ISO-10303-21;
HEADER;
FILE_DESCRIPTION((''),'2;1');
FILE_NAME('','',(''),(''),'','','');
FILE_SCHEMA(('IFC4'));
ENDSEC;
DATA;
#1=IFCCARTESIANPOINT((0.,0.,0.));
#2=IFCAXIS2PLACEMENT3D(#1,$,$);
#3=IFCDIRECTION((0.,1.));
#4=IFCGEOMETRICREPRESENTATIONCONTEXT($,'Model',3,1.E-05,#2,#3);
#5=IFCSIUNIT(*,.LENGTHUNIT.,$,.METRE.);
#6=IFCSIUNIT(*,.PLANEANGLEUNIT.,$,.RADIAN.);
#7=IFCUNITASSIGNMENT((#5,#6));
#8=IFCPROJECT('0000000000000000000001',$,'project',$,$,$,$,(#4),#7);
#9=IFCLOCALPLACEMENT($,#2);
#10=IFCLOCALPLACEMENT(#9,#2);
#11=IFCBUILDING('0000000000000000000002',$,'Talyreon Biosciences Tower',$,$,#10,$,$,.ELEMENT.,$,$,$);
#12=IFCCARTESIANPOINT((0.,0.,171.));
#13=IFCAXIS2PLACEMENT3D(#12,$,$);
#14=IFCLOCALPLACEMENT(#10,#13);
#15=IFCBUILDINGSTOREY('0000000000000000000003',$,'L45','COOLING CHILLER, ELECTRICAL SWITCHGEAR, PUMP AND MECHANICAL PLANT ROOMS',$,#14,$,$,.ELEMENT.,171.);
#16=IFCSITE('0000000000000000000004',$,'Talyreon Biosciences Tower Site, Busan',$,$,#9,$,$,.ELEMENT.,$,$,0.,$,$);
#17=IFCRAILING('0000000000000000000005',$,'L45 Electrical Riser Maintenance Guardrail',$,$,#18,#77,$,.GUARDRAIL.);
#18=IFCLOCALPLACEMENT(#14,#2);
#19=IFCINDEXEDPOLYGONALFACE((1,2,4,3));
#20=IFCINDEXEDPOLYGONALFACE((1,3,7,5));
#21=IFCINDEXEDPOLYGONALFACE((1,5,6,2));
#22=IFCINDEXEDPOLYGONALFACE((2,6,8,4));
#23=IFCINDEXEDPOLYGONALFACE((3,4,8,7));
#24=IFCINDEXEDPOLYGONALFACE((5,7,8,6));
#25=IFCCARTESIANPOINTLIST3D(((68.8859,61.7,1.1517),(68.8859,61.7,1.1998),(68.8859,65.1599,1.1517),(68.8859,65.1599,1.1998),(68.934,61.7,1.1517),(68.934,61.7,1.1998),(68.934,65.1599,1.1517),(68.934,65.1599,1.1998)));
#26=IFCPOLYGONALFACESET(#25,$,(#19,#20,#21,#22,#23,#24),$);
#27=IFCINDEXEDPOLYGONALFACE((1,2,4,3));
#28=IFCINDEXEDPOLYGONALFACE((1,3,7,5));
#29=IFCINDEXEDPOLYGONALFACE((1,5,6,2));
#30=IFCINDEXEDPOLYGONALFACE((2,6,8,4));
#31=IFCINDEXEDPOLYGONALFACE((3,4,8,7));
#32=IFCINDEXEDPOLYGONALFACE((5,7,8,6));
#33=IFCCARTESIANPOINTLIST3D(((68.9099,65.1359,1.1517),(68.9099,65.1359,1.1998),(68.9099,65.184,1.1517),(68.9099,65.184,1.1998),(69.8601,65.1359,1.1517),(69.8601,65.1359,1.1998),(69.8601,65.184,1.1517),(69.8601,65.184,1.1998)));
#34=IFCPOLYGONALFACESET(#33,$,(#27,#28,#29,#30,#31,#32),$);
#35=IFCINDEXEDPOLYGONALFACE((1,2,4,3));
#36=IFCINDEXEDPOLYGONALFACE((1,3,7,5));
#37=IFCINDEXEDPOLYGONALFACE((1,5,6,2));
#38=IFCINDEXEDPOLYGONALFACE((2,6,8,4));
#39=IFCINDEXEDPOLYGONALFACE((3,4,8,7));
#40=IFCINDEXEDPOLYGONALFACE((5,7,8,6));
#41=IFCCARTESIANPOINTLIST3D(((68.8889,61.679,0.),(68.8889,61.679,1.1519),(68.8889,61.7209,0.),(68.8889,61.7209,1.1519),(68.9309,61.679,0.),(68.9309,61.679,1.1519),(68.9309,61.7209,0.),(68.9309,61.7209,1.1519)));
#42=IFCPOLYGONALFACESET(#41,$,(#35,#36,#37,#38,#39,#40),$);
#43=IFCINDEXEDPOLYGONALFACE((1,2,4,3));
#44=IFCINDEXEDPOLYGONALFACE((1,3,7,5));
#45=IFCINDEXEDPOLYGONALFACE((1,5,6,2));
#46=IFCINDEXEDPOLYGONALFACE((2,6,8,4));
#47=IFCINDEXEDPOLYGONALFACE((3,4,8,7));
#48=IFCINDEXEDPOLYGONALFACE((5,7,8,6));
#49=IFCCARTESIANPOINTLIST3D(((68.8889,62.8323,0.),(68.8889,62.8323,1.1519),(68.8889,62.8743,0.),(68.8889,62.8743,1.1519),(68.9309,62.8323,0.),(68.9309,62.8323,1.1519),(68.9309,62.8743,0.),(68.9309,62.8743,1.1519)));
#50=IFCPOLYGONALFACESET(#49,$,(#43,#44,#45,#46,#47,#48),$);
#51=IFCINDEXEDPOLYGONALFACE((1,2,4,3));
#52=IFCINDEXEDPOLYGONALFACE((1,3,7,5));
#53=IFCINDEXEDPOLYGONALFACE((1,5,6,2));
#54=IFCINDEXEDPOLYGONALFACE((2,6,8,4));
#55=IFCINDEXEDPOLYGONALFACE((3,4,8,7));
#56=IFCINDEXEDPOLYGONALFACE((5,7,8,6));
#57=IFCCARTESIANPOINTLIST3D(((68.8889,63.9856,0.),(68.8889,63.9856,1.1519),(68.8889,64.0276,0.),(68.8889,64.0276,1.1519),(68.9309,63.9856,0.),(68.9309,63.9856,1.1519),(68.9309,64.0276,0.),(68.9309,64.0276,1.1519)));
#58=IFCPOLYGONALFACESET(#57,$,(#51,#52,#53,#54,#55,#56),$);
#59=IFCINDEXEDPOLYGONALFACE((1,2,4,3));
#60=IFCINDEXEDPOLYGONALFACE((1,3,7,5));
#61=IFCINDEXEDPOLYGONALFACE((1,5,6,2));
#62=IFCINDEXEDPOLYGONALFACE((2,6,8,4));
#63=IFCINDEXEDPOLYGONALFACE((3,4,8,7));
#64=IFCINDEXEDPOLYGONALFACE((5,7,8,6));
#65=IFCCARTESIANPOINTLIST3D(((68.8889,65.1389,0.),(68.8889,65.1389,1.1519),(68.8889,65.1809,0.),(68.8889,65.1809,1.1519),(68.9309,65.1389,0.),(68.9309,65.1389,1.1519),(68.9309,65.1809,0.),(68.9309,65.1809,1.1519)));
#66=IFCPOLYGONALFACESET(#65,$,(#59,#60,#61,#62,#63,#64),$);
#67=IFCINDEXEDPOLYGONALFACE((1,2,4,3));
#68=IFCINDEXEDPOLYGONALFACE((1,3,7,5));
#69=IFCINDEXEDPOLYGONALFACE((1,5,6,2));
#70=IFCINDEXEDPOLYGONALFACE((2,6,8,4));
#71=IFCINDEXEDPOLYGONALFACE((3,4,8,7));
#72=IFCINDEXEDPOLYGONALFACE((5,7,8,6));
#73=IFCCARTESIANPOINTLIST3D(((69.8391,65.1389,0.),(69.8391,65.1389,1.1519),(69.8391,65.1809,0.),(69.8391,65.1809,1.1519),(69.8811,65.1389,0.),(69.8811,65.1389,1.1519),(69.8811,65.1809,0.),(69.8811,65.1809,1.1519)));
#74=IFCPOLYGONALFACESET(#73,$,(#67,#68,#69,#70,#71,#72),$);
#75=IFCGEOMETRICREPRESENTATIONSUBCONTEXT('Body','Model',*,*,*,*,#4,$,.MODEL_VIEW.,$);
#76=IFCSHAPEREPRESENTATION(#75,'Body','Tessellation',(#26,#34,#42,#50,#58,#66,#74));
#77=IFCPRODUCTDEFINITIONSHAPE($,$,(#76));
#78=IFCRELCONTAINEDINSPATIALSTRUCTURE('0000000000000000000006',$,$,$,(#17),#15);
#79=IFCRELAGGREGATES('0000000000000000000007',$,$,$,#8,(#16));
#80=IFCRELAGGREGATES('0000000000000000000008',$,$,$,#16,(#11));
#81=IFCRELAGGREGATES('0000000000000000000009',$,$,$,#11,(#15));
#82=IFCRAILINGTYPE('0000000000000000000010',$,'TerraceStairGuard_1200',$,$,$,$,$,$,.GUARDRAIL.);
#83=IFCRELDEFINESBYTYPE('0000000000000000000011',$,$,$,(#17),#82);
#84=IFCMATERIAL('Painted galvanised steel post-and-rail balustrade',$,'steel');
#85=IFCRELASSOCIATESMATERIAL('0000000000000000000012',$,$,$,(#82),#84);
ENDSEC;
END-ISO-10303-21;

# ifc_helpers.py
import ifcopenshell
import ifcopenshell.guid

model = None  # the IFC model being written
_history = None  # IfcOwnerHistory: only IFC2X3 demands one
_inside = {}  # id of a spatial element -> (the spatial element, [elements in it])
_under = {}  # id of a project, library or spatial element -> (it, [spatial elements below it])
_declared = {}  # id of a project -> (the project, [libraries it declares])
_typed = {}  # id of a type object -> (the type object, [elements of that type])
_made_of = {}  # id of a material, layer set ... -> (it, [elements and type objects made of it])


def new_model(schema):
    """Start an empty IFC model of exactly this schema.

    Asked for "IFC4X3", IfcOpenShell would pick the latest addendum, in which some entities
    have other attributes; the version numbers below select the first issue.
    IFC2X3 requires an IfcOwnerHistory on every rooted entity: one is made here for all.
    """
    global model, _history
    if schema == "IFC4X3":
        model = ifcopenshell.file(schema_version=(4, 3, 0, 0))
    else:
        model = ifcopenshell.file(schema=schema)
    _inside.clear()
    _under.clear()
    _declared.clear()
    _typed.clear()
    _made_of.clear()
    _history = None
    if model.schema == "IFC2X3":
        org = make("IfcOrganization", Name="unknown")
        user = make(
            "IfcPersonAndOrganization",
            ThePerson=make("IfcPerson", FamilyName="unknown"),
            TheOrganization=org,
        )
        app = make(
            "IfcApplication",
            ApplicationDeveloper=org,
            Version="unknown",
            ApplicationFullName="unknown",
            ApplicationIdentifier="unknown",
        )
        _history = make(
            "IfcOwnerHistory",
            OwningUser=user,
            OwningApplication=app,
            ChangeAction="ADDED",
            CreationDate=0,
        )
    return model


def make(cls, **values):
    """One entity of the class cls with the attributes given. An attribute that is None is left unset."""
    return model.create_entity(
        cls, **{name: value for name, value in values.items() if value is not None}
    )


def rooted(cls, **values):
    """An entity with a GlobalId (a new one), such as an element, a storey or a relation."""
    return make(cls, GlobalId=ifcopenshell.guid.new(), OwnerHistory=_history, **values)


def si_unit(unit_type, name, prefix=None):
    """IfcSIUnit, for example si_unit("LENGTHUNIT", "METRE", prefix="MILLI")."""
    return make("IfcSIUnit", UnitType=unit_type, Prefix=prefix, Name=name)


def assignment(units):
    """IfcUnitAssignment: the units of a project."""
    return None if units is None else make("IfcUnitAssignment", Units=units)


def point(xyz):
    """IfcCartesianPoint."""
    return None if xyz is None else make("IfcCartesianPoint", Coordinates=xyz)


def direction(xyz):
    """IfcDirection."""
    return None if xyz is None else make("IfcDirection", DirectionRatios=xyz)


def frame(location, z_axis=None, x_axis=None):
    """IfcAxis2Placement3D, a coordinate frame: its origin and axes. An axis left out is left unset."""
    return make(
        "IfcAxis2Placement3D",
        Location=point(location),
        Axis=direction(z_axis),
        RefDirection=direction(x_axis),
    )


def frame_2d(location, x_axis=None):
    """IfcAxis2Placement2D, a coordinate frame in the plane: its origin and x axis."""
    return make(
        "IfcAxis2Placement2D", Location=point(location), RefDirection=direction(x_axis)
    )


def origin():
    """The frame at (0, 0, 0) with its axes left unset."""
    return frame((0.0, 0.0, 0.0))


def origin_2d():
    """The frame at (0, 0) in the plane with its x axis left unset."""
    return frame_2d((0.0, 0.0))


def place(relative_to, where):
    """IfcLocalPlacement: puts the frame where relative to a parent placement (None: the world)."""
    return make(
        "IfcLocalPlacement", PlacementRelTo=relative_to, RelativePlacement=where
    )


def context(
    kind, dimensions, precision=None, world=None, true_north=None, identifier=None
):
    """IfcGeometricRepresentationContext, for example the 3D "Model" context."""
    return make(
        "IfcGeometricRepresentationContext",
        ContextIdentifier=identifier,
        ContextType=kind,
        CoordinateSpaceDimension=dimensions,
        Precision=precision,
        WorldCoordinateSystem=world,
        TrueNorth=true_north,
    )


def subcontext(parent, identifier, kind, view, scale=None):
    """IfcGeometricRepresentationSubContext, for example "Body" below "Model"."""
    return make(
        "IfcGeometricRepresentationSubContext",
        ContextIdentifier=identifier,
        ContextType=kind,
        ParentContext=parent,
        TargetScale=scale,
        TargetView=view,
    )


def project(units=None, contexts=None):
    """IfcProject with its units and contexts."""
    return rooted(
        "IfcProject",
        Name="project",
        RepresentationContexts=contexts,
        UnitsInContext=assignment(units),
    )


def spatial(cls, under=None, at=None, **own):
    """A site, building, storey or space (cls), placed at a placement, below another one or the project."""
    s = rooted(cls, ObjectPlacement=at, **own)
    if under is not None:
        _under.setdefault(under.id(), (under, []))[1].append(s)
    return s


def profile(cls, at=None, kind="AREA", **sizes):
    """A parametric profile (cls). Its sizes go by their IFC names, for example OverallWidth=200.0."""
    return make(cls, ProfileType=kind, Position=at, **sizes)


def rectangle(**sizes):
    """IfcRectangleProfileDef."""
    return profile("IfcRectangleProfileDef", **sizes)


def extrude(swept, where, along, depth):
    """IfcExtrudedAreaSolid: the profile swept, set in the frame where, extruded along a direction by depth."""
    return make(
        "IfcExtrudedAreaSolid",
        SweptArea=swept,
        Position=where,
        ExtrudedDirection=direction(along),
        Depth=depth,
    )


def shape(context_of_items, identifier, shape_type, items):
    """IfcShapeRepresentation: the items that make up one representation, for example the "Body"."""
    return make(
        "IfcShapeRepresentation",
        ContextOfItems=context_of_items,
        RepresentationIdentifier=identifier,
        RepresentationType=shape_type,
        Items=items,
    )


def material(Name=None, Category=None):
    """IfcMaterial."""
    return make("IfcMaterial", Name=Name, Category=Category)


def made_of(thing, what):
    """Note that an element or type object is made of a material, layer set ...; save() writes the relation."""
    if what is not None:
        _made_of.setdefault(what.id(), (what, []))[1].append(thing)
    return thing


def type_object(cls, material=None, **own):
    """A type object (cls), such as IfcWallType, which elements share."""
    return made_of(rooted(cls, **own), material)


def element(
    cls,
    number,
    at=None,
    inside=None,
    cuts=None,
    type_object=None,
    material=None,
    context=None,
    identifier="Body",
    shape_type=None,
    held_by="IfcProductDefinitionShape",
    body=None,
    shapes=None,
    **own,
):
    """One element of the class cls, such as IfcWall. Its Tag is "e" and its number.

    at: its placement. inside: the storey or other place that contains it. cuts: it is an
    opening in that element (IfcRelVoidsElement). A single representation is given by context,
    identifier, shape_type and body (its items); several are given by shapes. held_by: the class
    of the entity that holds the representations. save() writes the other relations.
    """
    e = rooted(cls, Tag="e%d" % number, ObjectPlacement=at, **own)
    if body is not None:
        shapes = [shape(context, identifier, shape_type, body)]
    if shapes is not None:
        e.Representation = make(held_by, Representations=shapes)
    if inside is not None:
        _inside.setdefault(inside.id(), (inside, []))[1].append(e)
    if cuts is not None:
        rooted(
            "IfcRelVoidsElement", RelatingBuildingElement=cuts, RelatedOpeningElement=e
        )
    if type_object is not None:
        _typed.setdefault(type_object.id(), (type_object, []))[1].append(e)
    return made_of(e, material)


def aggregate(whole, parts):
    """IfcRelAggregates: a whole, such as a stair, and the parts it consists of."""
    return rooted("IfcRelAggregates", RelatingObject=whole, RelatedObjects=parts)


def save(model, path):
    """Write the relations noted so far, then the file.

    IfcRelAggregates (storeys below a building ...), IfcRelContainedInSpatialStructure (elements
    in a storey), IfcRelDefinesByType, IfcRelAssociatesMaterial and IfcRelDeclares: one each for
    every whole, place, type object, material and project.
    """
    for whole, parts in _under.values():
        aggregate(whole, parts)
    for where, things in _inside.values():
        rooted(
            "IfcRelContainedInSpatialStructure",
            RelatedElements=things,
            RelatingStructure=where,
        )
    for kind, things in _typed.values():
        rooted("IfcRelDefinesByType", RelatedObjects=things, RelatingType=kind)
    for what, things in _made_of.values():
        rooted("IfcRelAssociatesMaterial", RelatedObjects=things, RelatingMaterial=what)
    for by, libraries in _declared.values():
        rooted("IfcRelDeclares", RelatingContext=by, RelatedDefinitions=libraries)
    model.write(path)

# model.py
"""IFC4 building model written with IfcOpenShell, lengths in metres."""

from ifc_helpers import new_model, si_unit, direction, frame, origin, origin_2d, place, context, subcontext, project, spatial, rectangle, extrude, material, type_object, element, save


model = new_model("IFC4")

# Units and contexts
model_context = context("Model", 3, precision=1e-05, world=origin(), true_north=direction((0.0, 1.0)))
body_context = subcontext(model_context, "Body", "Model", "MODEL_VIEW")
ifc_project = project(units=[si_unit("LENGTHUNIT", "METRE"), si_unit("PLANEANGLEUNIT", "RADIAN")], contexts=[model_context])

# Site, building, storey
site_placement = place(None, origin())
site = spatial("IfcSite", under=ifc_project, at=site_placement, Name="Talyreon Biosciences Tower Site, Busan", CompositionType="ELEMENT", RefElevation=0.0)
building_placement = place(site_placement, origin())
building = spatial("IfcBuilding", under=site, at=building_placement, Name="Talyreon Biosciences Tower", CompositionType="ELEMENT")
storey_placement = place(building_placement, frame((0.0, 0.0, 171.0)))
storey = spatial("IfcBuildingStorey", under=building, at=storey_placement, Name="L45", Description="COOLING CHILLER, ELECTRICAL SWITCHGEAR, PUMP AND MECHANICAL PLANT ROOMS", CompositionType="ELEMENT", Elevation=171.0)

# Railing
ifc_material_1 = material(Name="Painted galvanised steel post-and-rail balustrade", Category="steel")
railing_type_1 = type_object("IfcRailingType", Name="TerraceStairGuard_1200", PredefinedType="GUARDRAIL", material=ifc_material_1)
railing_1_placement = place(storey_placement, frame((68.9099, 61.7, 0.0)))
element("IfcRailing", 1, at=railing_1_placement, inside=storey, type_object=railing_type_1, Name="L45 Electrical Riser Maintenance Guardrail", PredefinedType="GUARDRAIL", context=body_context, shape_type="SweptSolid", body=[
    extrude(rectangle(XDim=0.0481, YDim=0.0481, at=origin_2d()), frame((0.0, 0.0, 1.1758), z_axis=(0.0, 1.0, 0.0), x_axis=(-1.0, 0.0, 0.0)), (0.0, 0.0, 1.0), 3.46),
    extrude(rectangle(XDim=0.0481, YDim=0.0481, at=origin_2d()), frame((0.0, 3.46, 1.1758), z_axis=(1.0, 0.0, 0.0), x_axis=(0.0, 1.0, 0.0)), (0.0, 0.0, 1.0), 0.9502),
    extrude(rectangle(XDim=0.042, YDim=0.042, at=origin_2d()), origin(), (0.0, 0.0, 1.0), 1.1519),
    extrude(rectangle(XDim=0.042, YDim=0.042, at=origin_2d()), frame((0.0, 1.1533, 0.0)), (0.0, 0.0, 1.0), 1.1519),
    extrude(rectangle(XDim=0.042, YDim=0.042, at=origin_2d()), frame((0.0, 2.3066, 0.0)), (0.0, 0.0, 1.0), 1.1519),
    extrude(rectangle(XDim=0.042, YDim=0.042, at=origin_2d()), frame((0.0, 3.46, 0.0)), (0.0, 0.0, 1.0), 1.1519),
    extrude(rectangle(XDim=0.042, YDim=0.042, at=origin_2d()), frame((0.9502, 3.46, 0.0)), (0.0, 0.0, 1.0), 1.1519),
])

save(model, "model.ifc")
